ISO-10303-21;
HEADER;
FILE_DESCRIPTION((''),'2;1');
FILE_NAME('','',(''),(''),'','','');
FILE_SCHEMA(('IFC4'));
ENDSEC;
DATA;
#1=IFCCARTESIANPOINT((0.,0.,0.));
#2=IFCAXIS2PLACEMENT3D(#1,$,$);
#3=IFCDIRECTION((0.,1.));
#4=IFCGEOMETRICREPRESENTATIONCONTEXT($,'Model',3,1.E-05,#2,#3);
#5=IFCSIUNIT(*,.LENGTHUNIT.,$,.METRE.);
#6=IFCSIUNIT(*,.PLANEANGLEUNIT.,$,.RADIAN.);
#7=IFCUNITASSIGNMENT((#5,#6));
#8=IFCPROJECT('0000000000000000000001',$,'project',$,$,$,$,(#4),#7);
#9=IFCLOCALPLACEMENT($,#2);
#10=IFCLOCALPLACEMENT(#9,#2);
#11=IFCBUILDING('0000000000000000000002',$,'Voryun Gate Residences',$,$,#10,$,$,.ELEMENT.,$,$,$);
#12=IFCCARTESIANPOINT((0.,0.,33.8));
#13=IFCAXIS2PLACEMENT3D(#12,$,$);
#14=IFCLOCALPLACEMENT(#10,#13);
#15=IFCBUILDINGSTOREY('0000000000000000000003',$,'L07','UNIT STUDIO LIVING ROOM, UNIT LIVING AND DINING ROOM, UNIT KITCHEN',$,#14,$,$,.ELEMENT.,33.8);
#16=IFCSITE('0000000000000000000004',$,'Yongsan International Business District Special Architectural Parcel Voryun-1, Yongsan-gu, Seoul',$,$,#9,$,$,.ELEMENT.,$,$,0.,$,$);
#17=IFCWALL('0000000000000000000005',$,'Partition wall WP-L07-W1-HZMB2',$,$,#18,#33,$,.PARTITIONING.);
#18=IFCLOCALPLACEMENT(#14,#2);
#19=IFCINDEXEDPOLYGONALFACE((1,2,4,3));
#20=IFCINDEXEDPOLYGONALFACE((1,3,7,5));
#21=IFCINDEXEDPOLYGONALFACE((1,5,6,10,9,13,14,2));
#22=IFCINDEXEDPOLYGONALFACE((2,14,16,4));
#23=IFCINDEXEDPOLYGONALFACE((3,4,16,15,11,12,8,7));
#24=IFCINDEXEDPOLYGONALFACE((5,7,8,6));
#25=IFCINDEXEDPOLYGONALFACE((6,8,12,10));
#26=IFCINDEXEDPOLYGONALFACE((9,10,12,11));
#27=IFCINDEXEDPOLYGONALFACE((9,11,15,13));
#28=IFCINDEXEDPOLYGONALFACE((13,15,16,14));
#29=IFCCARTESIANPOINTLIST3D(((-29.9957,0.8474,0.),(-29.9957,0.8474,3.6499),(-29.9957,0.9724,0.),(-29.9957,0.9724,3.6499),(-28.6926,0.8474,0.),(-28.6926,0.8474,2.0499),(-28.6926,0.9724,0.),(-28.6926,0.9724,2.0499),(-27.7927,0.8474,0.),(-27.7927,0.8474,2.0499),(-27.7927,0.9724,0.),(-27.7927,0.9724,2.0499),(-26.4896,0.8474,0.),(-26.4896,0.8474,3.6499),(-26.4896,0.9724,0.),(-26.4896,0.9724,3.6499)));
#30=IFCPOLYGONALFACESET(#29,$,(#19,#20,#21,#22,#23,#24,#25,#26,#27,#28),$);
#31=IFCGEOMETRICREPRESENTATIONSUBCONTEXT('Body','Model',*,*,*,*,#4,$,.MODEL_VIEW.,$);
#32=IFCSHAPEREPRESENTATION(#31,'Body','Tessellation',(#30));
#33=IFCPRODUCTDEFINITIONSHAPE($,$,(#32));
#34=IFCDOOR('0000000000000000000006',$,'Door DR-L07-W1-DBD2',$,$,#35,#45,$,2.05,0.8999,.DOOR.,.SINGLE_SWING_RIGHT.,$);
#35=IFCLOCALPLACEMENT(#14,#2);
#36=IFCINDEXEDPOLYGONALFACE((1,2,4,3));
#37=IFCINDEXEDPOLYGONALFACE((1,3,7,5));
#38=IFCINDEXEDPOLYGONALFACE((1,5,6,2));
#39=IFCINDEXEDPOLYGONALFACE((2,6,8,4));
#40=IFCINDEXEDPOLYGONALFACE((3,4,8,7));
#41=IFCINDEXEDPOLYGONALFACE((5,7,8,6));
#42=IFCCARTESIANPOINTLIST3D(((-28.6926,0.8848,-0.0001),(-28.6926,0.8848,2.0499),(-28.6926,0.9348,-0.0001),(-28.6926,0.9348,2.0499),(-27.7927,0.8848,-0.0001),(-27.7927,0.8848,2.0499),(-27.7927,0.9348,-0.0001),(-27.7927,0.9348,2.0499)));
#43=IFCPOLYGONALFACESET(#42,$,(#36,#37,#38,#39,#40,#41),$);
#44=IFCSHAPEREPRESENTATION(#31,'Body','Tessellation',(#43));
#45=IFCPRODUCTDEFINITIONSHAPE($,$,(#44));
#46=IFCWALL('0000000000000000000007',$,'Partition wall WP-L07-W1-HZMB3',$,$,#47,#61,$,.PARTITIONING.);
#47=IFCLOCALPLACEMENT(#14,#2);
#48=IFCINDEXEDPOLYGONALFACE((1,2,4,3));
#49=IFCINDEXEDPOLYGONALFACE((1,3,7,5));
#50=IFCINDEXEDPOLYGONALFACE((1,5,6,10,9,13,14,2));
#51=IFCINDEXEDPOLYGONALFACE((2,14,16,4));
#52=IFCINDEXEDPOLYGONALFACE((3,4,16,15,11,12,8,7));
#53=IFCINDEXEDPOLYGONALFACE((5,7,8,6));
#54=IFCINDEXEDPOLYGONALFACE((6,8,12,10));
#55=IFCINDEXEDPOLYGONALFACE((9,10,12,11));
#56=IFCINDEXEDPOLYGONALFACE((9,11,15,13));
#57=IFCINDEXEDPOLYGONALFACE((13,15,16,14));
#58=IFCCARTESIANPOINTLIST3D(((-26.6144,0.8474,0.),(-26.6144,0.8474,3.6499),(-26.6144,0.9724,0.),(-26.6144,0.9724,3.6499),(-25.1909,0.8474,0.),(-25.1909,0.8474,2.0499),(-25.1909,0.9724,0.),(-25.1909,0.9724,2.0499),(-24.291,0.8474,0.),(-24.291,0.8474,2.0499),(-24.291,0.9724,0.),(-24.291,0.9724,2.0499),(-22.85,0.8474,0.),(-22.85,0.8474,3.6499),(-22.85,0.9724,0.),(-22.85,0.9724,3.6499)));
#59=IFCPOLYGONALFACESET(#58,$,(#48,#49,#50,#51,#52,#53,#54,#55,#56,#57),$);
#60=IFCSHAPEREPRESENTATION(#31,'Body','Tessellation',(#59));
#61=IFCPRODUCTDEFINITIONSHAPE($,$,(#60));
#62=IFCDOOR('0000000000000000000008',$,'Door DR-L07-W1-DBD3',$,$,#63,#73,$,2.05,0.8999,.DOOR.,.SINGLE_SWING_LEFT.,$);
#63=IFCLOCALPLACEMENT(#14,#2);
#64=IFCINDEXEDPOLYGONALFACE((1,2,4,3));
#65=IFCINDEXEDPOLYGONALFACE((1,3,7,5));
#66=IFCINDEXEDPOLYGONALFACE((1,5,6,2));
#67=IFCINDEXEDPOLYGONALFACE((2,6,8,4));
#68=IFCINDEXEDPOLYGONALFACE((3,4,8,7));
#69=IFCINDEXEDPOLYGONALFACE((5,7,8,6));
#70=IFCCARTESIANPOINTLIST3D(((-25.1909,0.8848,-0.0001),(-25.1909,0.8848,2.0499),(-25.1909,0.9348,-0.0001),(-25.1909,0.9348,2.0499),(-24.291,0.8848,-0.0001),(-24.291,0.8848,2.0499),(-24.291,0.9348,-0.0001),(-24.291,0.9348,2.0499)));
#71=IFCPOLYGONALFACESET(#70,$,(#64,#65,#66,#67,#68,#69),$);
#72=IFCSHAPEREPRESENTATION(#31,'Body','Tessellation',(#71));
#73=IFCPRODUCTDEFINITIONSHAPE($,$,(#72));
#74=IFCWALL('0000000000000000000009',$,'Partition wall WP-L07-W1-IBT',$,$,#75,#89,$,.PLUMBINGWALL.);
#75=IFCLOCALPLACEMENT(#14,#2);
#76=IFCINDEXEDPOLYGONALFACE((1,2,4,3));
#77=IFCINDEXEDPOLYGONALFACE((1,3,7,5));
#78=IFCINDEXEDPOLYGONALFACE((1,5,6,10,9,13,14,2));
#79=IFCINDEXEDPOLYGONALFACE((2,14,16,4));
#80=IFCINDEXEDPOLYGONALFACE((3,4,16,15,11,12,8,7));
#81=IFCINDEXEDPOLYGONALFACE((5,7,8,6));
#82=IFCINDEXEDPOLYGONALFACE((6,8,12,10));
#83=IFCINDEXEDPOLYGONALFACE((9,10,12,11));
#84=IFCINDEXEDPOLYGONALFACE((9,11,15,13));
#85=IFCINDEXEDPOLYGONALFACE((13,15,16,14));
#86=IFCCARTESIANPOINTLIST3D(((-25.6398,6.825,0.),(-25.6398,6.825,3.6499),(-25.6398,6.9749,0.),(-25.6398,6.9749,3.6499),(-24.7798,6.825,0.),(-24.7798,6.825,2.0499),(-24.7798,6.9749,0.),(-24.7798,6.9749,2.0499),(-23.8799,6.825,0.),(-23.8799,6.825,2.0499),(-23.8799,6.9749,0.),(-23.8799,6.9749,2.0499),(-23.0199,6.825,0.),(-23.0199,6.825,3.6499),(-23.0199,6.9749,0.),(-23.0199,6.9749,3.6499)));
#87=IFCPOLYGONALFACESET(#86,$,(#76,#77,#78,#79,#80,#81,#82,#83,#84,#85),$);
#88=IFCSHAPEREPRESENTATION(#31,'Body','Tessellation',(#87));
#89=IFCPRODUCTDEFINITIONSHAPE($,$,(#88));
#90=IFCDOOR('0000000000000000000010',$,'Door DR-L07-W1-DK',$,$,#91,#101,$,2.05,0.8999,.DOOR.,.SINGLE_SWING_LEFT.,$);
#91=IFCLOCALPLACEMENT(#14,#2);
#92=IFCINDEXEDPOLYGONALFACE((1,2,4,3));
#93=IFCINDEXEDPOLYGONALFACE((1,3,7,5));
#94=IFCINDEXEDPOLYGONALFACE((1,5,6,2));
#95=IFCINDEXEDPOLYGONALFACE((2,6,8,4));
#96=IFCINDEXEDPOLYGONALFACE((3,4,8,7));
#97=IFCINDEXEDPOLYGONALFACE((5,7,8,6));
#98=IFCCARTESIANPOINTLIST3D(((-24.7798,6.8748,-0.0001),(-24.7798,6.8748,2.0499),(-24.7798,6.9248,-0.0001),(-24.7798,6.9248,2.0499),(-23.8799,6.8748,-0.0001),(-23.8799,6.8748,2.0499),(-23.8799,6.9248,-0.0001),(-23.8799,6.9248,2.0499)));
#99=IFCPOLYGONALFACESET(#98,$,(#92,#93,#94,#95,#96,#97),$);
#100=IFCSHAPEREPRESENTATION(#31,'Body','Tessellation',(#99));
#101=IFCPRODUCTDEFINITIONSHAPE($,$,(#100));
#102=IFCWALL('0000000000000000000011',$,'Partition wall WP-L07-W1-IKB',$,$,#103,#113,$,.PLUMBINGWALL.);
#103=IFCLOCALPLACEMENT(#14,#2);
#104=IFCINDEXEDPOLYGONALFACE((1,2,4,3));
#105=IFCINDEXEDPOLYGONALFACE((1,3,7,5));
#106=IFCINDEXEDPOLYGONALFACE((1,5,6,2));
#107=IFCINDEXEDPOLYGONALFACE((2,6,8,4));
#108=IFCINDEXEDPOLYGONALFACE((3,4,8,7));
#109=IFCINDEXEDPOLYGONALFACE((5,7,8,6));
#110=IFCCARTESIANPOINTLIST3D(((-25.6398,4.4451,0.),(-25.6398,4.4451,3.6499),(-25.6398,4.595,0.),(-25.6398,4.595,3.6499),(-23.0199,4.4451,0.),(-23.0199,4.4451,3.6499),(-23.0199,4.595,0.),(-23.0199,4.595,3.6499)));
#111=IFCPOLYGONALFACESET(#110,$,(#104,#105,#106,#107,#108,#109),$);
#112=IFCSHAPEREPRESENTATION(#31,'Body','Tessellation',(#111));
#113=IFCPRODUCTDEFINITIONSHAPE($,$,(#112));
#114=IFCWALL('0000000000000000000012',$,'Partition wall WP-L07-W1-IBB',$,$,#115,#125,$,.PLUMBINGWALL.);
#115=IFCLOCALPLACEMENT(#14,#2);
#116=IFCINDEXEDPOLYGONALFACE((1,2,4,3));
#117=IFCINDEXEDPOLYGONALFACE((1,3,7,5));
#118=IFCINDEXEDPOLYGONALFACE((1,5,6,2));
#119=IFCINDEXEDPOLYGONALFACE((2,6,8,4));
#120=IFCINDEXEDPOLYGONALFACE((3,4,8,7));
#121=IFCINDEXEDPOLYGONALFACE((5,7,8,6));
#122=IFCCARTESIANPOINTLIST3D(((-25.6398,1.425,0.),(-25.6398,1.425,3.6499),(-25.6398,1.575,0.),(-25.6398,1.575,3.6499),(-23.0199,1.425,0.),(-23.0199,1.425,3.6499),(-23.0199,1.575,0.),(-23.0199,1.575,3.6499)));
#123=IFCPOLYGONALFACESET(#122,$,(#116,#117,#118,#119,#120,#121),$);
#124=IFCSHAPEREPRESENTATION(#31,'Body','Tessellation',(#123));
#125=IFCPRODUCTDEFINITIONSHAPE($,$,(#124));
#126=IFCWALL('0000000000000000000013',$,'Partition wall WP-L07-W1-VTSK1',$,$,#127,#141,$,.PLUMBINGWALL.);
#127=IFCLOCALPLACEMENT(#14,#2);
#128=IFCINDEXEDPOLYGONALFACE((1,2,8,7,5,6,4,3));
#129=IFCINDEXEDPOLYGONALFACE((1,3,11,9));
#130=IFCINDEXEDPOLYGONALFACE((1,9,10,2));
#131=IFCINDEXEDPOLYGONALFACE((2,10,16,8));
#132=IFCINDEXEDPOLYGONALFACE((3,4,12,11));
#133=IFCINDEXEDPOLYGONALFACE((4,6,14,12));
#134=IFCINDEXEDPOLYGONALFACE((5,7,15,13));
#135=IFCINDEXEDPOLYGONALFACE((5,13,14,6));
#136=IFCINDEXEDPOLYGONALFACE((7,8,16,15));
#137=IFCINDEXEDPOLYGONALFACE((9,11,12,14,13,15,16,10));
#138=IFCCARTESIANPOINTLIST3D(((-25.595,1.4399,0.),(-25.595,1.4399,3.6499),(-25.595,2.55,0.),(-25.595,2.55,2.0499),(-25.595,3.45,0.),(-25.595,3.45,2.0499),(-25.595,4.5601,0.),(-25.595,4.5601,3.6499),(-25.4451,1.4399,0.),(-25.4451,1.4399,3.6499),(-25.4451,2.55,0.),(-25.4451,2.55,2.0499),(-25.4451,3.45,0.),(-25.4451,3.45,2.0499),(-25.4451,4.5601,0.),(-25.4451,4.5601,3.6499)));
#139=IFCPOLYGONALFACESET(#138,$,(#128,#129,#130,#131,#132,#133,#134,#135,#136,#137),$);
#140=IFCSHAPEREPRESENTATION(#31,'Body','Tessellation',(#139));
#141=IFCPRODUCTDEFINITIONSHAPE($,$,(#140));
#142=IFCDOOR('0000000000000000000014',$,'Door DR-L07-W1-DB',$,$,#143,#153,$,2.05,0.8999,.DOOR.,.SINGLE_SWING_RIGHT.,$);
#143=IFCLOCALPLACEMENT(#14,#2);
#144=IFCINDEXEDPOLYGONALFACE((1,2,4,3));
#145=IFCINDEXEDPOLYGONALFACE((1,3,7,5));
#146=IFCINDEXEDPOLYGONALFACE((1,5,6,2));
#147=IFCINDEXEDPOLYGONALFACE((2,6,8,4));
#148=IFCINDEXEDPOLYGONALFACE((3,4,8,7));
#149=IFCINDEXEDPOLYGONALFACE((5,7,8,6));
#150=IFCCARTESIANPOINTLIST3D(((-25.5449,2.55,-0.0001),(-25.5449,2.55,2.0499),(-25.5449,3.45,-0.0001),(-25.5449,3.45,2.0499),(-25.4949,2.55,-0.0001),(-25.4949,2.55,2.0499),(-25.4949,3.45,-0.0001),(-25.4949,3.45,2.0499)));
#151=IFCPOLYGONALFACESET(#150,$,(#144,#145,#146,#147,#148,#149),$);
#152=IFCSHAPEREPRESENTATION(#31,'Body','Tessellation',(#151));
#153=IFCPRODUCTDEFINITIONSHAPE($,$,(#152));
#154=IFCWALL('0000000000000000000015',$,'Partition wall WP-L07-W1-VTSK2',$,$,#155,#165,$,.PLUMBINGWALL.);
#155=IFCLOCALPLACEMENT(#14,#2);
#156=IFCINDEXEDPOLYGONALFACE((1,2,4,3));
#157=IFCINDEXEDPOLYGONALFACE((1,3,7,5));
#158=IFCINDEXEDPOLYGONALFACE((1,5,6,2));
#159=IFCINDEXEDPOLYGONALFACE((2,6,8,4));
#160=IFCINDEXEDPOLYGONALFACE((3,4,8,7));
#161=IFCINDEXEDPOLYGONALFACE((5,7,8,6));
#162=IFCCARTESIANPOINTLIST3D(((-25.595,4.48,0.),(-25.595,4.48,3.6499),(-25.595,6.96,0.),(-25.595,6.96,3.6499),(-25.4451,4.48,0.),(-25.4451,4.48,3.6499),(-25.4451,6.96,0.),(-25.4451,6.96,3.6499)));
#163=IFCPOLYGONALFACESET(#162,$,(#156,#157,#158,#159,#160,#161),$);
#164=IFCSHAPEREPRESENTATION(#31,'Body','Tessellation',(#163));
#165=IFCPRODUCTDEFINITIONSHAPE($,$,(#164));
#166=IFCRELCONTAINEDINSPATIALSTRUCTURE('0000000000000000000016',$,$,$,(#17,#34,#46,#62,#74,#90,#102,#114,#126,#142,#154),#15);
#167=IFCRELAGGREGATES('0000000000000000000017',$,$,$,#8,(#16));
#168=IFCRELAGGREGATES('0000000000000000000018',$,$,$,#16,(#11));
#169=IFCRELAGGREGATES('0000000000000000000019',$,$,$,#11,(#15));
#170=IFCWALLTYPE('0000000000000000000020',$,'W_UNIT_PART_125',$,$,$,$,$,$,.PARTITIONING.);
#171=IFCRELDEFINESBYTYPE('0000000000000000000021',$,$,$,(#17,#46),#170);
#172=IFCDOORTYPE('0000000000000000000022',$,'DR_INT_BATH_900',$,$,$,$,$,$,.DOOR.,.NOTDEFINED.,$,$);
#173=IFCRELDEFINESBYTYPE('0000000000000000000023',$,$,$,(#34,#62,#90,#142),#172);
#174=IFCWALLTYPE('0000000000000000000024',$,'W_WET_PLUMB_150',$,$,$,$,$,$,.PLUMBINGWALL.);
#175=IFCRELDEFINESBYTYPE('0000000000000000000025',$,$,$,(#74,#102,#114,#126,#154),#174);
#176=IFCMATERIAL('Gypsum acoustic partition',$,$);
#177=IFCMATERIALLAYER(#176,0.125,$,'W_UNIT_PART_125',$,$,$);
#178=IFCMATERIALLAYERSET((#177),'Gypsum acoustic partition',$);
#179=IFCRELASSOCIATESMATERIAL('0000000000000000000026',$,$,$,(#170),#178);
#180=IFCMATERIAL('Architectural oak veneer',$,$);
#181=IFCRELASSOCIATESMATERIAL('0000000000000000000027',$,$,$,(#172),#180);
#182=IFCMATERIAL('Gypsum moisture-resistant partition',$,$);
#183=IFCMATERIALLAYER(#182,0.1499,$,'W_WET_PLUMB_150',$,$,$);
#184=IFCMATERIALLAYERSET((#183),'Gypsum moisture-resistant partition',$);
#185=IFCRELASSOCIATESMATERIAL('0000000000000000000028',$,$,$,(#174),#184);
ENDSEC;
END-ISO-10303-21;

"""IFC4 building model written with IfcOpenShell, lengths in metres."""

from ifc_helpers import new_model, si_unit, direction, frame, frame_2d, origin, place, context, subcontext, project, spatial, rectangle, extrude, material, layer, layer_set, type_object, element, fill, save


model = new_model("IFC4")

# Units and contexts
model_context = context("Model", 3, precision=1e-05, world=origin(), true_north=direction((0.0, 1.0)))
body_context = subcontext(model_context, "Body", "Model", "MODEL_VIEW")
ifc_project = project(units=[si_unit("LENGTHUNIT", "METRE"), si_unit("PLANEANGLEUNIT", "RADIAN")], contexts=[model_context])

# Site, building, storey
site_placement = place(None, origin())
site = spatial("IfcSite", under=ifc_project, at=site_placement, Name="Yongsan International Business District Special Architectural Parcel Voryun-1, Yongsan-gu, Seoul", CompositionType="ELEMENT", RefElevation=0.0)
building_placement = place(site_placement, origin())
building = spatial("IfcBuilding", under=site, at=building_placement, Name="Voryun Gate Residences", CompositionType="ELEMENT")
storey_placement = place(building_placement, frame((0.0, 0.0, 33.8)))
storey = spatial("IfcBuildingStorey", under=building, at=storey_placement, Name="L07", Description="UNIT STUDIO LIVING ROOM, UNIT LIVING AND DINING ROOM, UNIT KITCHEN", CompositionType="ELEMENT", Elevation=33.8)

# Walls, openings, doors
ifc_material_1 = material(Name="Gypsum acoustic partition")
ifc_layer_1 = layer(ifc_material_1, 0.125, Name="W_UNIT_PART_125")
ifc_layer_set_1 = layer_set([ifc_layer_1], Name="Gypsum acoustic partition")
wall_type_1 = type_object("IfcWallType", Name="W_UNIT_PART_125", PredefinedType="PARTITIONING", material=ifc_layer_set_1)
ifc_material_2 = material(Name="Architectural oak veneer")
door_type_1 = type_object("IfcDoorType", Name="DR_INT_BATH_900", OperationType="NOTDEFINED", PredefinedType="DOOR", material=ifc_material_2)
wall_1_placement = place(storey_placement, frame((-29.9956, 0.9099, 0.0), z_axis=(0.0, 0.0, 1.0), x_axis=(1.0, 0.0, 0.0)))
wall_1 = element("IfcWall", 1, at=wall_1_placement, inside=storey, type_object=wall_type_1, Name="Partition wall WP-L07-W1-HZMB2", PredefinedType="PARTITIONING", context=body_context, shape_type="SweptSolid", body=[
    extrude(rectangle(XDim=3.5061, YDim=0.125, at=frame_2d((1.7529, 0.0))), origin(), (0.0, 0.0, 1.0), 3.6499),
])
opening_1_placement = place(wall_1_placement, frame((1.303, 0.0, 0.0)))
opening_1 = element("IfcOpeningElement", 2, at=opening_1_placement, cuts=wall_1, PredefinedType="OPENING", context=body_context, shape_type="SweptSolid", body=[
    extrude(rectangle(XDim=0.8999, YDim=2.05, at=frame_2d((0.45, 1.0249))), frame((0.0, 0.0725, 0.0), z_axis=(0.0, -1.0, 0.0), x_axis=(1.0, 0.0, 0.0)), (0.0, 0.0, 1.0), 0.145),
])
door_1_placement = place(opening_1_placement, origin())
door_1 = element("IfcDoor", 3, at=door_1_placement, inside=storey, type_object=door_type_1, Name="Door DR-L07-W1-DBD2", OperationType="SINGLE_SWING_RIGHT", OverallHeight=2.05, OverallWidth=0.8999, PredefinedType="DOOR", context=body_context, shape_type="SweptSolid", body=[
    extrude(rectangle(XDim=0.8999, YDim=2.05, at=frame_2d((0.45, 1.0249))), frame((0.0, 0.0249, 0.0), z_axis=(0.0, -1.0, 0.0), x_axis=(1.0, 0.0, 0.0)), (0.0, 0.0, 1.0), 0.05),
])
fill(opening_1, door_1)
wall_2_placement = place(storey_placement, frame((-26.6145, 0.9099, 0.0), z_axis=(0.0, 0.0, 1.0), x_axis=(1.0, 0.0, 0.0)))
wall_2 = element("IfcWall", 4, at=wall_2_placement, inside=storey, type_object=wall_type_1, Name="Partition wall WP-L07-W1-HZMB3", PredefinedType="PARTITIONING", context=body_context, shape_type="SweptSolid", body=[
    extrude(rectangle(XDim=3.7644, YDim=0.125, at=frame_2d((1.8823, 0.0))), origin(), (0.0, 0.0, 1.0), 3.6499),
])
opening_2_placement = place(wall_2_placement, frame((1.4236, 0.0, 0.0)))
opening_2 = element("IfcOpeningElement", 5, at=opening_2_placement, cuts=wall_2, PredefinedType="OPENING", context=body_context, shape_type="SweptSolid", body=[
    extrude(rectangle(XDim=0.8999, YDim=2.05, at=frame_2d((0.45, 1.0249))), frame((0.0, 0.0725, 0.0), z_axis=(0.0, -1.0, 0.0), x_axis=(1.0, 0.0, 0.0)), (0.0, 0.0, 1.0), 0.145),
])
door_2_placement = place(opening_2_placement, origin())
door_2 = element("IfcDoor", 6, at=door_2_placement, inside=storey, type_object=door_type_1, Name="Door DR-L07-W1-DBD3", OperationType="SINGLE_SWING_LEFT", OverallHeight=2.05, OverallWidth=0.8999, PredefinedType="DOOR", context=body_context, shape_type="SweptSolid", body=[
    extrude(rectangle(XDim=0.8999, YDim=2.05, at=frame_2d((0.45, 1.0249))), frame((0.0, 0.0249, 0.0), z_axis=(0.0, -1.0, 0.0), x_axis=(1.0, 0.0, 0.0)), (0.0, 0.0, 1.0), 0.05),
])
fill(opening_2, door_2)
ifc_material_3 = material(Name="Gypsum moisture-resistant partition")
ifc_layer_2 = layer(ifc_material_3, 0.1499, Name="W_WET_PLUMB_150")
ifc_layer_set_2 = layer_set([ifc_layer_2], Name="Gypsum moisture-resistant partition")
wall_type_2 = type_object("IfcWallType", Name="W_WET_PLUMB_150", PredefinedType="PLUMBINGWALL", material=ifc_layer_set_2)
wall_3_placement = place(storey_placement, frame((-25.6399, 6.8999, 0.0), z_axis=(0.0, 0.0, 1.0), x_axis=(1.0, 0.0, 0.0)))
wall_3 = element("IfcWall", 7, at=wall_3_placement, inside=storey, type_object=wall_type_2, Name="Partition wall WP-L07-W1-IBT", PredefinedType="PLUMBINGWALL", context=body_context, shape_type="SweptSolid", body=[
    extrude(rectangle(XDim=2.6199, YDim=0.1499, at=frame_2d((1.3101, 0.0))), origin(), (0.0, 0.0, 1.0), 3.6499),
])
opening_3_placement = place(wall_3_placement, frame((0.8601, 0.0, 0.0)))
opening_3 = element("IfcOpeningElement", 8, at=opening_3_placement, cuts=wall_3, PredefinedType="OPENING", context=body_context, shape_type="SweptSolid", body=[
    extrude(rectangle(XDim=0.8999, YDim=2.05, at=frame_2d((0.45, 1.0249))), frame((0.0, 0.085, 0.0), z_axis=(0.0, -1.0, 0.0), x_axis=(1.0, 0.0, 0.0)), (0.0, 0.0, 1.0), 0.1699),
])
door_3_placement = place(opening_3_placement, origin())
door_3 = element("IfcDoor", 9, at=door_3_placement, inside=storey, type_object=door_type_1, Name="Door DR-L07-W1-DK", OperationType="SINGLE_SWING_LEFT", OverallHeight=2.05, OverallWidth=0.8999, PredefinedType="DOOR", context=body_context, shape_type="SweptSolid", body=[
    extrude(rectangle(XDim=0.8999, YDim=2.05, at=frame_2d((0.45, 1.0249))), frame((0.0, 0.0249, 0.0), z_axis=(0.0, -1.0, 0.0), x_axis=(1.0, 0.0, 0.0)), (0.0, 0.0, 1.0), 0.05),
])
fill(opening_3, door_3)

# Walls
for number, where, z_axis, x_axis, name in (
    (10, (-25.6399, 4.52, 0.0), (0.0, 0.0, 1.0), (1.0, 0.0, 0.0), "Partition wall WP-L07-W1-IKB"),
    (11, (-25.6399, 1.5, 0.0), (0.0, 0.0, 1.0), (1.0, 0.0, 0.0), "Partition wall WP-L07-W1-IBB"),
):
    element("IfcWall", number, at=place(storey_placement, frame(where, z_axis=z_axis, x_axis=x_axis)), inside=storey, type_object=wall_type_2, Name=name, PredefinedType="PLUMBINGWALL", context=body_context, shape_type="SweptSolid", body=[
        extrude(rectangle(XDim=2.6199, YDim=0.1499, at=frame_2d((1.3101, 0.0))), origin(), (0.0, 0.0, 1.0), 3.6499),
    ])

# Wall, opening, door
wall_4_placement = place(storey_placement, frame((-25.52, 1.4399, 0.0), z_axis=(0.0, 0.0, 1.0), x_axis=(0.0, 1.0, 0.0)))
wall_4 = element("IfcWall", 12, at=wall_4_placement, inside=storey, type_object=wall_type_2, Name="Partition wall WP-L07-W1-VTSK1", PredefinedType="PLUMBINGWALL", context=body_context, shape_type="SweptSolid", body=[
    extrude(rectangle(XDim=3.1201, YDim=0.1499, at=frame_2d((1.5601, 0.0))), origin(), (0.0, 0.0, 1.0), 3.6499),
])
opening_4_placement = place(wall_4_placement, frame((1.1101, 0.0, 0.0)))
opening_4 = element("IfcOpeningElement", 13, at=opening_4_placement, cuts=wall_4, PredefinedType="OPENING", context=body_context, shape_type="SweptSolid", body=[
    extrude(rectangle(XDim=0.8999, YDim=2.05, at=frame_2d((0.45, 1.0249))), frame((0.0, 0.085, 0.0), z_axis=(0.0, -1.0, 0.0), x_axis=(1.0, 0.0, 0.0)), (0.0, 0.0, 1.0), 0.1699),
])
door_4_placement = place(opening_4_placement, origin())
door_4 = element("IfcDoor", 14, at=door_4_placement, inside=storey, type_object=door_type_1, Name="Door DR-L07-W1-DB", OperationType="SINGLE_SWING_RIGHT", OverallHeight=2.05, OverallWidth=0.8999, PredefinedType="DOOR", context=body_context, shape_type="SweptSolid", body=[
    extrude(rectangle(XDim=0.8999, YDim=2.05, at=frame_2d((0.45, 1.0249))), frame((0.0, 0.0249, 0.0), z_axis=(0.0, -1.0, 0.0), x_axis=(1.0, 0.0, 0.0)), (0.0, 0.0, 1.0), 0.05),
])
fill(opening_4, door_4)

# Wall
wall_5_placement = place(storey_placement, frame((-25.52, 4.48, 0.0), z_axis=(0.0, 0.0, 1.0), x_axis=(0.0, 1.0, 0.0)))
element("IfcWall", 15, at=wall_5_placement, inside=storey, type_object=wall_type_2, Name="Partition wall WP-L07-W1-VTSK2", PredefinedType="PLUMBINGWALL", context=body_context, shape_type="SweptSolid", body=[
    extrude(rectangle(XDim=2.48, YDim=0.1499, at=frame_2d((1.24, 0.0))), origin(), (0.0, 0.0, 1.0), 3.6499),
])

save(model, "model.ifc")
